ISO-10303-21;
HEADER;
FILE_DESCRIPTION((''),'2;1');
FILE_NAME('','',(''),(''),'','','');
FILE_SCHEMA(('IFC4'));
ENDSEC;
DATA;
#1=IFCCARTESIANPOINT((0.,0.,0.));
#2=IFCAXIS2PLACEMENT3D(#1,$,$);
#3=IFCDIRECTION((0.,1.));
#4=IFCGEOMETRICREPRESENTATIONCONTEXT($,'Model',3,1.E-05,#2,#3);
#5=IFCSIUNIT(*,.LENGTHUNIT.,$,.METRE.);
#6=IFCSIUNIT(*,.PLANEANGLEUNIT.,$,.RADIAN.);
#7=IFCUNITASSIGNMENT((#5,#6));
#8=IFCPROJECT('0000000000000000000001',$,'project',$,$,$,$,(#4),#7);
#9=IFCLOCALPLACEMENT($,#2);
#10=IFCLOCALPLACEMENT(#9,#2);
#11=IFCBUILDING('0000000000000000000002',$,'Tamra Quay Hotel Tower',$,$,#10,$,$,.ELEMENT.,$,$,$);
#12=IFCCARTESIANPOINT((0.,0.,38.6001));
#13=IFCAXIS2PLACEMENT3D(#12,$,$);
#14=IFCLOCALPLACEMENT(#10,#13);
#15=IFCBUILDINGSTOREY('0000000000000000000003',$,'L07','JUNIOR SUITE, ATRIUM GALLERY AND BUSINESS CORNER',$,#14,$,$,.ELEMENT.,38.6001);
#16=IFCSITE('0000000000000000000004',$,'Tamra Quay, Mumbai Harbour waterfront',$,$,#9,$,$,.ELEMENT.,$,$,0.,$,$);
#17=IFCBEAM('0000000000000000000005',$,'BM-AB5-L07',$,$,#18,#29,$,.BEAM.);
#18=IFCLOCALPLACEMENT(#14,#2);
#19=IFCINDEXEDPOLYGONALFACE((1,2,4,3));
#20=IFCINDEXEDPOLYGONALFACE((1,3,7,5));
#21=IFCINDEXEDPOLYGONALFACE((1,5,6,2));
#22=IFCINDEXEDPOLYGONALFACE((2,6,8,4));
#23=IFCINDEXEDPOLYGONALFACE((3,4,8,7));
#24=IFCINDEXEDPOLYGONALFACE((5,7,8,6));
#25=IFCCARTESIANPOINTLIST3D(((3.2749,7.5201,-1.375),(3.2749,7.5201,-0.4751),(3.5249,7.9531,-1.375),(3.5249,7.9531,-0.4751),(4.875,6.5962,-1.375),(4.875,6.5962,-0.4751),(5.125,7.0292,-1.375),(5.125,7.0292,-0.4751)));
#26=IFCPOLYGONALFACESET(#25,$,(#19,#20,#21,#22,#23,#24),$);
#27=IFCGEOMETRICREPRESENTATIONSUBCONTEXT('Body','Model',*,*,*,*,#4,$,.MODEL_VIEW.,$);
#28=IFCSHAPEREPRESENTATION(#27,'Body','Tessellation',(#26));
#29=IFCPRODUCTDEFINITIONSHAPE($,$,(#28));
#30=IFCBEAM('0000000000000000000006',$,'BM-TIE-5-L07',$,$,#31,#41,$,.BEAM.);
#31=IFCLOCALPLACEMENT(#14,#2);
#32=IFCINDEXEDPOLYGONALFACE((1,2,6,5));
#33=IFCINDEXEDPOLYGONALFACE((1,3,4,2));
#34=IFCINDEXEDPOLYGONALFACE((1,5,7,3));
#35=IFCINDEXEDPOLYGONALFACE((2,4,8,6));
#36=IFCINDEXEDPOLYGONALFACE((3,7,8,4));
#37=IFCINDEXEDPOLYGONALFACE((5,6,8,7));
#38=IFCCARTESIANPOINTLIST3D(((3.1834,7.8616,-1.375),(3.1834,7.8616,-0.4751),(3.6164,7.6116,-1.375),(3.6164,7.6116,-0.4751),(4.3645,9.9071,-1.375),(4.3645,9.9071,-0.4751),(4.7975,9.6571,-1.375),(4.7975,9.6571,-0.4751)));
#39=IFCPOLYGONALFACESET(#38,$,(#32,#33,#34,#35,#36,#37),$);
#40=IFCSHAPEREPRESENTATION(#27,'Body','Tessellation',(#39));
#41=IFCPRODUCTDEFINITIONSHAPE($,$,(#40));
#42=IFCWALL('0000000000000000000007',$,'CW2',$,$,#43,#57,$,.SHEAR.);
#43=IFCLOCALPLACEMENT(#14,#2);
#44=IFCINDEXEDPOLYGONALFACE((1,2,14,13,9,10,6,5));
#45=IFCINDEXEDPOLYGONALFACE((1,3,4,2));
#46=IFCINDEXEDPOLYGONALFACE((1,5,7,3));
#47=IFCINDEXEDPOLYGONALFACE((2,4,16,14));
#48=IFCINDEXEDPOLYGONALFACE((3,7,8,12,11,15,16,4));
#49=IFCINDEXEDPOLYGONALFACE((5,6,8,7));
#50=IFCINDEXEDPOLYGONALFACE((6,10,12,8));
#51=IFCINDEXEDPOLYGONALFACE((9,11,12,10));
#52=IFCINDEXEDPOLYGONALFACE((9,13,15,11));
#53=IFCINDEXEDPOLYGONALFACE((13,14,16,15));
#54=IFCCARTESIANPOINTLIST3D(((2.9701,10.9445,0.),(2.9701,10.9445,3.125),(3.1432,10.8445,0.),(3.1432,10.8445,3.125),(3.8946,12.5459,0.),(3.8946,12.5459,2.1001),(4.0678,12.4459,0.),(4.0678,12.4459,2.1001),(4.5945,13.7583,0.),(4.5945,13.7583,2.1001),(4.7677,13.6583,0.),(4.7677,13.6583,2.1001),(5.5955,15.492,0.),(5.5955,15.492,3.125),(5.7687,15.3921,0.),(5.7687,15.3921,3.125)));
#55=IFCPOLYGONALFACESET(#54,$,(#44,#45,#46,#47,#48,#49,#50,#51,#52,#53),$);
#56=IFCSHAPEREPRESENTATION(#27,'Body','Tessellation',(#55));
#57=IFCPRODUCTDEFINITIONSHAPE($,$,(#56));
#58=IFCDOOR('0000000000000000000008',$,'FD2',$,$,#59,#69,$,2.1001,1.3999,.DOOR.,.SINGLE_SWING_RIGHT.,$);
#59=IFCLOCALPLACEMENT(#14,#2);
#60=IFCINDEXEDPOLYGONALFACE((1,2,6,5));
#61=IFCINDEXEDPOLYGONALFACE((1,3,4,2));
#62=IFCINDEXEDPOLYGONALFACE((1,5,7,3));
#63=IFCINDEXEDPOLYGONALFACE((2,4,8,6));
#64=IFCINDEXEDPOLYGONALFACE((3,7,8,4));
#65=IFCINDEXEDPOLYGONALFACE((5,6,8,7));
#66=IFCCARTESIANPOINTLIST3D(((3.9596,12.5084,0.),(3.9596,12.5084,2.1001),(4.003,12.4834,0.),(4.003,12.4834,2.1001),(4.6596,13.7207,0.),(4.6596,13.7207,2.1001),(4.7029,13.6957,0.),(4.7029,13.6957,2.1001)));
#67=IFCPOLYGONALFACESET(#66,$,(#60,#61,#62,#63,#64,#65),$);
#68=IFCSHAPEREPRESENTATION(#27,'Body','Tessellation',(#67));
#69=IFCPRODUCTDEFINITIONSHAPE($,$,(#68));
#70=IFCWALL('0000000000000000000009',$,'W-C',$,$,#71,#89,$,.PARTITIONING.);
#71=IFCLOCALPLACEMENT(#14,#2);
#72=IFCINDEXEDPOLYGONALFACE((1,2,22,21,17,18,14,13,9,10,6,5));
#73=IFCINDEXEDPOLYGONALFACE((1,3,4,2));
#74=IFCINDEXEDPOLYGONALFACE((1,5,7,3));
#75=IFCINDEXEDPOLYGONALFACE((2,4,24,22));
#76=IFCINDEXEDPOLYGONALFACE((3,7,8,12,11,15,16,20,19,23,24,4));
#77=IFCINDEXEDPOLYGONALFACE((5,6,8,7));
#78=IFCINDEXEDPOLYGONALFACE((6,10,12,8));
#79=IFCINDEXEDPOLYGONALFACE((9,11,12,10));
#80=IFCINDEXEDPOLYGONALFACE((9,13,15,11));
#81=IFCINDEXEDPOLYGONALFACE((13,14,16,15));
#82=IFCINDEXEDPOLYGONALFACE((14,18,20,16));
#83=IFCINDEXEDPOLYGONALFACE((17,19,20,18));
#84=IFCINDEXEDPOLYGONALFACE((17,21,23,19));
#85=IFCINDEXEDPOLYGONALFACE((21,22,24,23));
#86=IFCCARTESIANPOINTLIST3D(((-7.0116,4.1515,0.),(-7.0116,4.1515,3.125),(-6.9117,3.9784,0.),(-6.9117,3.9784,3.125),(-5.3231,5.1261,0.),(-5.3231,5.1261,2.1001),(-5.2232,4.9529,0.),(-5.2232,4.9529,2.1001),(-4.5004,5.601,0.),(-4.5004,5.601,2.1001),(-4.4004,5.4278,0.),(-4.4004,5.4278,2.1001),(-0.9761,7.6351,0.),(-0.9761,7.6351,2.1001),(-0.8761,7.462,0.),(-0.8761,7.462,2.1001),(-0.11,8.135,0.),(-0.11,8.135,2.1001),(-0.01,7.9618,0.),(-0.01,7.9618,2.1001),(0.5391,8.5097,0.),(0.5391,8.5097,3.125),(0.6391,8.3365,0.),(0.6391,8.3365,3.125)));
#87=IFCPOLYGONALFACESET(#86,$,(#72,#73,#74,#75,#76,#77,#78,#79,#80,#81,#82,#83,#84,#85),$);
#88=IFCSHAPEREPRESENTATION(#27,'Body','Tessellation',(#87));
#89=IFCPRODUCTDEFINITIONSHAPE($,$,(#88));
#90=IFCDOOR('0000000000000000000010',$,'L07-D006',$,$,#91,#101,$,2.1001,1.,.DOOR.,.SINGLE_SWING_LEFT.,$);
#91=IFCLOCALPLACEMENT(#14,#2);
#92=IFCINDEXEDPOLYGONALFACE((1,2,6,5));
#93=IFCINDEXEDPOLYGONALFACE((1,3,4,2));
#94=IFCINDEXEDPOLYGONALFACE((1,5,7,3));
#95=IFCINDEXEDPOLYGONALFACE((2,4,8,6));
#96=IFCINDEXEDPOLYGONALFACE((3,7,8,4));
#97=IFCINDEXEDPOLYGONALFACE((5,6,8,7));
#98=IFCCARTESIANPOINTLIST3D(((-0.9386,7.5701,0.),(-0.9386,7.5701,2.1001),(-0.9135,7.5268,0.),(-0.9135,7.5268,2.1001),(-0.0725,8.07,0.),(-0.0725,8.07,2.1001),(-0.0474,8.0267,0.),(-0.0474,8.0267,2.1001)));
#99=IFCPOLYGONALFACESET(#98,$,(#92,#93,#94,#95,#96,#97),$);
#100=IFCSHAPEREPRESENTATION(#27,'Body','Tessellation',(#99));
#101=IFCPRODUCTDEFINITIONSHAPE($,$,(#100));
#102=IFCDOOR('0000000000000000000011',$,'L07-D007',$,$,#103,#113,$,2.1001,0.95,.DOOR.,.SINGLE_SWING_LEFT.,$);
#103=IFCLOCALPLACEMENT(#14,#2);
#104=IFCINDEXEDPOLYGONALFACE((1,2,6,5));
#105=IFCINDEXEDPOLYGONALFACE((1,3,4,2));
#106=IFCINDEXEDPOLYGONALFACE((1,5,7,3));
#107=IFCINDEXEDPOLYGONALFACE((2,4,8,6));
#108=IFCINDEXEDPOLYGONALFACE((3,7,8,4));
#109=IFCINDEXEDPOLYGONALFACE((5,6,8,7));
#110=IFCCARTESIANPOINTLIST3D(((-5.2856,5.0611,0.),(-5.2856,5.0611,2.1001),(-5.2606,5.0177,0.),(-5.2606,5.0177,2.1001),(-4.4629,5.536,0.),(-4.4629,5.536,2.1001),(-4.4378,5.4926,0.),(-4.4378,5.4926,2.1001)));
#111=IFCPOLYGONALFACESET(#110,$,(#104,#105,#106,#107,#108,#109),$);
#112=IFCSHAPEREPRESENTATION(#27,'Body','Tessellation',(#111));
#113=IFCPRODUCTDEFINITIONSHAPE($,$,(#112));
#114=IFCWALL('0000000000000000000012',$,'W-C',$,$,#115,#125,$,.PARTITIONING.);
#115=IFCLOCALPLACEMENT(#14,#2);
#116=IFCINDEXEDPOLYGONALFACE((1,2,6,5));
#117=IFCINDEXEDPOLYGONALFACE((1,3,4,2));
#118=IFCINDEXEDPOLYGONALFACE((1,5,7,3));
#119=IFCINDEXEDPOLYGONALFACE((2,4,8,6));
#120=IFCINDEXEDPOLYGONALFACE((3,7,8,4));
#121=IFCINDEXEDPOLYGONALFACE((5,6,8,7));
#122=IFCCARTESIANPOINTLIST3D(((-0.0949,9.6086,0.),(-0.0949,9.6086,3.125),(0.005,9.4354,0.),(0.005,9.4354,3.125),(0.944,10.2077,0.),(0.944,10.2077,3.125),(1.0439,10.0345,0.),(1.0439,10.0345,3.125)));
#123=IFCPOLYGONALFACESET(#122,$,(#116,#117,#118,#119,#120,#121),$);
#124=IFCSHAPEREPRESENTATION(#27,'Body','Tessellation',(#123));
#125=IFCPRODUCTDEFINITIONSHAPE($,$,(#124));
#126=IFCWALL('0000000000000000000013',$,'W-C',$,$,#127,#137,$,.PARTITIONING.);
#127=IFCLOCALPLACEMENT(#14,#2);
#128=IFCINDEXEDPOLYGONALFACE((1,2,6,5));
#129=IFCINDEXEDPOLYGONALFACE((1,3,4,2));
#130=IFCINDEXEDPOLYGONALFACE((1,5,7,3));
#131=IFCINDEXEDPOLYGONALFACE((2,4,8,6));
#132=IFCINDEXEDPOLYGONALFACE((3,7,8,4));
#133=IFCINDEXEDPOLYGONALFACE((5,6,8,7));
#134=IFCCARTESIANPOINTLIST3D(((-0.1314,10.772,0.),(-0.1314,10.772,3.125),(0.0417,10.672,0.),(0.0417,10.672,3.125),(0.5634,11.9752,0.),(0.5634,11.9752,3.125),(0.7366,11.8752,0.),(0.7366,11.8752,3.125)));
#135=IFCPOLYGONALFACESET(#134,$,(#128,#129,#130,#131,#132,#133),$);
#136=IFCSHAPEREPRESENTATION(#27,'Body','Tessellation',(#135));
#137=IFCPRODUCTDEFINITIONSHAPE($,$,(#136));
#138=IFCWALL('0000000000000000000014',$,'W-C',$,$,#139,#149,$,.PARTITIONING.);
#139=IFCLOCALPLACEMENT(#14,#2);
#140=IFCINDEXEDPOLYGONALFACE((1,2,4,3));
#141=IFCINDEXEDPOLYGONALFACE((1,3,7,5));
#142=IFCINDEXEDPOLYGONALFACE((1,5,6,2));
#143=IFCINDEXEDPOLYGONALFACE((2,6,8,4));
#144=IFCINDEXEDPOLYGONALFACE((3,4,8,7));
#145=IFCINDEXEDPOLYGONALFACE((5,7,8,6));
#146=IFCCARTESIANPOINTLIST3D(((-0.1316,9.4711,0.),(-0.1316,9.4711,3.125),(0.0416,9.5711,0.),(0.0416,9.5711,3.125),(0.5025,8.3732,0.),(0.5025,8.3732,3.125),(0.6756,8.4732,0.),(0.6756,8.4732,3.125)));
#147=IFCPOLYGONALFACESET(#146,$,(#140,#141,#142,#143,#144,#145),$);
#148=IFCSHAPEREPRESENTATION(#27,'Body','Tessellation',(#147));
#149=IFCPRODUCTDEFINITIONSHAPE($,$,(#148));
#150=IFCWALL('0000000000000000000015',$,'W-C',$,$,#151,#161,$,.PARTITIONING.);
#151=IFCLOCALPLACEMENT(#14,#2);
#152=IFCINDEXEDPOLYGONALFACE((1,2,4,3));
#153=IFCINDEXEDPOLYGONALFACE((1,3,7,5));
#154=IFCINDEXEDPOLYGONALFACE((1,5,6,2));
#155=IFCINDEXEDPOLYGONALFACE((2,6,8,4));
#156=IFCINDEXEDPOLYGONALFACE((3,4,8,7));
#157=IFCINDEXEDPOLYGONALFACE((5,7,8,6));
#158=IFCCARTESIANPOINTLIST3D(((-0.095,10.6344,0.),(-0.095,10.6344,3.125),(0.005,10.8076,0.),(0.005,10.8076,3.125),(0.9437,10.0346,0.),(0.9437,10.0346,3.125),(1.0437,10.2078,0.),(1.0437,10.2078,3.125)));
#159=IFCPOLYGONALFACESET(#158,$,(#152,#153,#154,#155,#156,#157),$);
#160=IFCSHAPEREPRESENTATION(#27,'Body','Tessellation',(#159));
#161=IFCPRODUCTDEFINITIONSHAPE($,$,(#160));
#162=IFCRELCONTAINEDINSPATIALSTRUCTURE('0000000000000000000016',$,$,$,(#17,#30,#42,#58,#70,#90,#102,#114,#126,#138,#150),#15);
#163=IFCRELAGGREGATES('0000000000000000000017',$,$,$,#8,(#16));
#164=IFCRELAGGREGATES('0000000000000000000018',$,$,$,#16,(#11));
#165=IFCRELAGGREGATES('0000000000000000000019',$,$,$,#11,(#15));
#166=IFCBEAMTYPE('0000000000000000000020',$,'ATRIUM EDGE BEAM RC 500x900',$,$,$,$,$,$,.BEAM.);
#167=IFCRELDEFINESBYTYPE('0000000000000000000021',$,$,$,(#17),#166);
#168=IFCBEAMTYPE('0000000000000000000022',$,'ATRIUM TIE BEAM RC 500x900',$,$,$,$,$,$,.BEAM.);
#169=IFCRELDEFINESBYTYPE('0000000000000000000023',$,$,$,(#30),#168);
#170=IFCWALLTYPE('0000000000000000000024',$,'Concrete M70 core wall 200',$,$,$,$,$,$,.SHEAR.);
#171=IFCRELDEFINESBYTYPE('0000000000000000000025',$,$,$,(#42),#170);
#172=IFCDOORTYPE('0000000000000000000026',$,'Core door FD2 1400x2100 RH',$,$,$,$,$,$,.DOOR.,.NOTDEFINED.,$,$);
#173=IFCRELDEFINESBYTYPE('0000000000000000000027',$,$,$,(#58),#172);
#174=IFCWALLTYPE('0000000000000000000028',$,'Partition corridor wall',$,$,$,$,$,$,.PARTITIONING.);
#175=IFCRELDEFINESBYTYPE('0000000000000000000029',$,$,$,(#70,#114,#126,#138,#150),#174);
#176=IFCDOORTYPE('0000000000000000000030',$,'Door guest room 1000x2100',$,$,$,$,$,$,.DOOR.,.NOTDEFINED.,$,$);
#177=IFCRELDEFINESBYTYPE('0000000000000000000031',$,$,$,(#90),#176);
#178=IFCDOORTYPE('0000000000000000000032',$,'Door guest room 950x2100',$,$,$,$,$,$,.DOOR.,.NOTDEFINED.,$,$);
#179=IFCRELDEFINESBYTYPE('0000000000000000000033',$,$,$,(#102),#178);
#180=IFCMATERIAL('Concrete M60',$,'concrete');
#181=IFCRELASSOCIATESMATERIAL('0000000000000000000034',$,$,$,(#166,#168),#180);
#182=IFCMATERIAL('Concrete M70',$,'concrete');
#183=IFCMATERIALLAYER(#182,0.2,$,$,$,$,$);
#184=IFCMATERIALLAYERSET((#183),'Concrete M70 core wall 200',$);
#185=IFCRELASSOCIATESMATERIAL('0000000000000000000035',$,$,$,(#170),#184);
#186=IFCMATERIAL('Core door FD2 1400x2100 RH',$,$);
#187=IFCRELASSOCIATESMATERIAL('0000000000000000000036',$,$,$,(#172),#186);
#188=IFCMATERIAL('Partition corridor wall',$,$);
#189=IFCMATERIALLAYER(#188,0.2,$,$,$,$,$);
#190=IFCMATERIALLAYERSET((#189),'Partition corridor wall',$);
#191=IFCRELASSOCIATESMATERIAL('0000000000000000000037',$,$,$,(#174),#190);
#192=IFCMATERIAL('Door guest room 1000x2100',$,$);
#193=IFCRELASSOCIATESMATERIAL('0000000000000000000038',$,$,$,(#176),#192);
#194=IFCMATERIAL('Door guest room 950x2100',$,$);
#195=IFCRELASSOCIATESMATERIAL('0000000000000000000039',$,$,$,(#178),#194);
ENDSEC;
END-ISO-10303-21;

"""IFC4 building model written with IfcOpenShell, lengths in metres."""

from ifc_helpers import new_model, si_unit, direction, frame, frame_2d, origin, origin_2d, place, context, subcontext, project, spatial, rectangle, extrude, material, layer, layer_set, material_profile, profile_set, type_object, element, fill, save


model = new_model("IFC4")

# Units and contexts
model_context = context("Model", 3, precision=1e-05, world=origin(), true_north=direction((0.0, 1.0)))
body_context = subcontext(model_context, "Body", "Model", "MODEL_VIEW")
ifc_project = project(units=[si_unit("LENGTHUNIT", "METRE"), si_unit("PLANEANGLEUNIT", "RADIAN")], contexts=[model_context])

# Site, building, storey
site_placement = place(None, origin())
site = spatial("IfcSite", under=ifc_project, at=site_placement, Name="Tamra Quay, Mumbai Harbour waterfront", CompositionType="ELEMENT", RefElevation=0.0)
building_placement = place(site_placement, origin())
building = spatial("IfcBuilding", under=site, at=building_placement, Name="Tamra Quay Hotel Tower", CompositionType="ELEMENT")
storey_placement = place(building_placement, frame((0.0, 0.0, 38.6001)))
storey = spatial("IfcBuildingStorey", under=building, at=storey_placement, Name="L07", Description="JUNIOR SUITE, ATRIUM GALLERY AND BUSINESS CORNER", CompositionType="ELEMENT", Elevation=38.6001)

# Beams
ifc_material_1 = material(Name="Concrete M60", Category="concrete")
ifc_material_profile_1 = material_profile(ifc_material_1, rectangle(XDim=0.5, YDim=0.8999, at=origin_2d()), Name="ATRIUM EDGE BEAM RC 500x900")
ifc_profile_set_1 = profile_set([ifc_material_profile_1], Name="Concrete M60")
beam_type_1 = type_object("IfcBeamType", Name="ATRIUM EDGE BEAM RC 500x900", PredefinedType="BEAM", material=ifc_profile_set_1)
beam_1_placement = place(storey_placement, frame((3.3999, 7.7366, -0.925), z_axis=(0.866023, -0.500005, 0.0), x_axis=(0.500005, 0.866023, 0.0)))
element("IfcBeam", 1, at=beam_1_placement, inside=storey, type_object=beam_type_1, Name="BM-AB5-L07", PredefinedType="BEAM", context=body_context, shape_type="SweptSolid", body=[
    extrude(rectangle(XDim=0.5, YDim=0.8999, at=origin_2d()), origin(), (0.0, 0.0, 1.0), 1.8477),
])
ifc_material_profile_2 = material_profile(ifc_material_1, rectangle(XDim=0.5, YDim=0.8999, at=origin_2d()), Name="ATRIUM TIE BEAM RC 500x900")
ifc_profile_set_2 = profile_set([ifc_material_profile_2], Name="Concrete M60")
beam_type_2 = type_object("IfcBeamType", Name="ATRIUM TIE BEAM RC 500x900", PredefinedType="BEAM", material=ifc_profile_set_2)
beam_2_placement = place(storey_placement, frame((3.3999, 7.7366, -0.925), z_axis=(0.50003, 0.866008, 0.0), x_axis=(-0.866008, 0.50003, 0.0)))
element("IfcBeam", 2, at=beam_2_placement, inside=storey, type_object=beam_type_2, Name="BM-TIE-5-L07", PredefinedType="BEAM", context=body_context, shape_type="SweptSolid", body=[
    extrude(rectangle(XDim=0.5, YDim=0.8999, at=origin_2d()), origin(), (0.0, 0.0, 1.0), 2.3621),
])

# Wall, opening, door
ifc_material_2 = material(Name="Concrete M70", Category="concrete")
ifc_layer_1 = layer(ifc_material_2, 0.2)
ifc_layer_set_1 = layer_set([ifc_layer_1], Name="Concrete M70 core wall 200")
wall_type_1 = type_object("IfcWallType", Name="Concrete M70 core wall 200", PredefinedType="SHEAR", material=ifc_layer_set_1)
wall_1_placement = place(storey_placement, frame((3.0566, 10.8945, 0.0), z_axis=(0.0, 0.0, 1.0), x_axis=(0.499989, 0.866032, 0.0)))
wall_1 = element("IfcWall", 3, at=wall_1_placement, inside=storey, type_object=wall_type_1, Name="CW2", PredefinedType="SHEAR", context=body_context, shape_type="SweptSolid", body=[
    extrude(rectangle(XDim=5.251, YDim=0.2, at=frame_2d((2.6255, 0.0))), origin(), (0.0, 0.0, 1.0), 3.125),
])
opening_1_placement = place(wall_1_placement, frame((1.8491, 0.0, 0.0)))
opening_1 = element("IfcOpeningElement", 4, at=opening_1_placement, cuts=wall_1, PredefinedType="OPENING", context=body_context, shape_type="SweptSolid", body=[
    extrude(rectangle(XDim=1.3999, YDim=2.1001, at=frame_2d((0.7, 1.05))), frame((0.0, 0.1099, 0.0), z_axis=(0.0, -1.0, 0.0), x_axis=(1.0, 0.0, 0.0)), (0.0, 0.0, 1.0), 0.22),
])
ifc_material_3 = material(Name="Core door FD2 1400x2100 RH")
door_type_1 = type_object("IfcDoorType", Name="Core door FD2 1400x2100 RH", OperationType="NOTDEFINED", PredefinedType="DOOR", material=ifc_material_3)
door_1_placement = place(opening_1_placement, origin())
door_1 = element("IfcDoor", 5, at=door_1_placement, inside=storey, type_object=door_type_1, Name="FD2", OperationType="SINGLE_SWING_RIGHT", OverallHeight=2.1001, OverallWidth=1.3999, PredefinedType="DOOR", context=body_context, shape_type="SweptSolid", body=[
    extrude(rectangle(XDim=1.3999, YDim=2.1001, at=frame_2d((0.7, 1.05))), frame((0.0, 0.0249, 0.0), z_axis=(0.0, -1.0, 0.0), x_axis=(1.0, 0.0, 0.0)), (0.0, 0.0, 1.0), 0.05),
])
fill(opening_1, door_1)

# Wall, openings, doors
ifc_material_4 = material(Name="Partition corridor wall")
ifc_layer_2 = layer(ifc_material_4, 0.2)
ifc_layer_set_2 = layer_set([ifc_layer_2], Name="Partition corridor wall")
wall_type_2 = type_object("IfcWallType", Name="Partition corridor wall", PredefinedType="PARTITIONING", material=ifc_layer_set_2)
wall_2_placement = place(storey_placement, frame((-6.9617, 4.0649, 0.0), z_axis=(0.0, 0.0, 1.0), x_axis=(0.86609, 0.499889, 0.0)))
wall_2 = element("IfcWall", 6, at=wall_2_placement, inside=storey, type_object=wall_type_2, Name="W-C", PredefinedType="PARTITIONING", context=body_context, shape_type="SweptSolid", body=[
    extrude(rectangle(XDim=8.7183, YDim=0.2, at=frame_2d((4.3591, 0.0))), origin(), (0.0, 0.0, 1.0), 3.125),
])
opening_2_placement = place(wall_2_placement, frame((6.9688, 0.0, 0.0)))
opening_2 = element("IfcOpeningElement", 7, at=opening_2_placement, cuts=wall_2, PredefinedType="OPENING", context=body_context, shape_type="SweptSolid", body=[
    extrude(rectangle(XDim=1.0, YDim=2.1001, at=frame_2d((0.5, 1.05))), frame((0.0, 0.1099, 0.0), z_axis=(0.0, -1.0, 0.0), x_axis=(1.0, 0.0, 0.0)), (0.0, 0.0, 1.0), 0.22),
])
opening_3_placement = place(wall_2_placement, frame((1.9495, 0.0, 0.0)))
opening_3 = element("IfcOpeningElement", 8, at=opening_3_placement, cuts=wall_2, PredefinedType="OPENING", context=body_context, shape_type="SweptSolid", body=[
    extrude(rectangle(XDim=0.95, YDim=2.1001, at=frame_2d((0.4751, 1.05))), frame((0.0, 0.1099, 0.0), z_axis=(0.0, -1.0, 0.0), x_axis=(1.0, 0.0, 0.0)), (0.0, 0.0, 1.0), 0.22),
])
ifc_material_5 = material(Name="Door guest room 1000x2100")
door_type_2 = type_object("IfcDoorType", Name="Door guest room 1000x2100", OperationType="NOTDEFINED", PredefinedType="DOOR", material=ifc_material_5)
door_2_placement = place(opening_2_placement, origin())
door_2 = element("IfcDoor", 9, at=door_2_placement, inside=storey, type_object=door_type_2, Name="L07-D006", OperationType="SINGLE_SWING_LEFT", OverallHeight=2.1001, OverallWidth=1.0, PredefinedType="DOOR", context=body_context, shape_type="SweptSolid", body=[
    extrude(rectangle(XDim=1.0, YDim=2.1001, at=frame_2d((0.5, 1.05))), frame((0.0, 0.0249, 0.0), z_axis=(0.0, -1.0, 0.0), x_axis=(1.0, 0.0, 0.0)), (0.0, 0.0, 1.0), 0.05),
])
fill(opening_2, door_2)
ifc_material_6 = material(Name="Door guest room 950x2100")
door_type_3 = type_object("IfcDoorType", Name="Door guest room 950x2100", OperationType="NOTDEFINED", PredefinedType="DOOR", material=ifc_material_6)
door_3_placement = place(opening_3_placement, origin())
door_3 = element("IfcDoor", 10, at=door_3_placement, inside=storey, type_object=door_type_3, Name="L07-D007", OperationType="SINGLE_SWING_LEFT", OverallHeight=2.1001, OverallWidth=0.95, PredefinedType="DOOR", context=body_context, shape_type="SweptSolid", body=[
    extrude(rectangle(XDim=0.95, YDim=2.1001, at=frame_2d((0.4751, 1.05))), frame((0.0, 0.0249, 0.0), z_axis=(0.0, -1.0, 0.0), x_axis=(1.0, 0.0, 0.0)), (0.0, 0.0, 1.0), 0.05),
])
fill(opening_3, door_3)

# Walls
wall_3_placement = place(storey_placement, frame((-0.0449, 9.522, 0.0), z_axis=(0.0, 0.0, 1.0), x_axis=(0.866257, 0.499599, 0.0)))
element("IfcWall", 11, at=wall_3_placement, inside=storey, type_object=wall_type_2, Name="W-C", PredefinedType="PARTITIONING", context=body_context, shape_type="SweptSolid", body=[
    extrude(rectangle(XDim=1.1992, YDim=0.2, at=frame_2d((0.5996, 0.0))), origin(), (0.0, 0.0, 1.0), 3.125),
])
wall_4_placement = place(storey_placement, frame((-0.0449, 10.7219, 0.0), z_axis=(0.0, 0.0, 1.0), x_axis=(0.500108, 0.865963, 0.0)))
element("IfcWall", 12, at=wall_4_placement, inside=storey, type_object=wall_type_2, Name="W-C", PredefinedType="PARTITIONING", context=body_context, shape_type="SweptSolid", body=[
    extrude(rectangle(XDim=1.3894, YDim=0.2, at=frame_2d((0.6948, 0.0))), origin(), (0.0, 0.0, 1.0), 3.125),
])
wall_5_placement = place(storey_placement, frame((-0.0449, 9.521, 0.0), z_axis=(0.0, 0.0, 1.0), x_axis=(0.500095, -0.865971, 0.0)))
element("IfcWall", 13, at=wall_5_placement, inside=storey, type_object=wall_type_2, Name="W-C", PredefinedType="PARTITIONING", context=body_context, shape_type="SweptSolid", body=[
    extrude(rectangle(XDim=1.2678, YDim=0.2, at=frame_2d((0.6338, 0.0))), origin(), (0.0, 0.0, 1.0), 3.125),
])
wall_6_placement = place(storey_placement, frame((-0.0449, 10.7209, 0.0), z_axis=(0.0, 0.0, 1.0), x_axis=(0.865992, -0.500057, 0.0)))
element("IfcWall", 14, at=wall_6_placement, inside=storey, type_object=wall_type_2, Name="W-C", PredefinedType="PARTITIONING", context=body_context, shape_type="SweptSolid", body=[
    extrude(rectangle(XDim=1.1995, YDim=0.2, at=frame_2d((0.5996, 0.0))), origin(), (0.0, 0.0, 1.0), 3.125),
])

save(model, "model.ifc")
